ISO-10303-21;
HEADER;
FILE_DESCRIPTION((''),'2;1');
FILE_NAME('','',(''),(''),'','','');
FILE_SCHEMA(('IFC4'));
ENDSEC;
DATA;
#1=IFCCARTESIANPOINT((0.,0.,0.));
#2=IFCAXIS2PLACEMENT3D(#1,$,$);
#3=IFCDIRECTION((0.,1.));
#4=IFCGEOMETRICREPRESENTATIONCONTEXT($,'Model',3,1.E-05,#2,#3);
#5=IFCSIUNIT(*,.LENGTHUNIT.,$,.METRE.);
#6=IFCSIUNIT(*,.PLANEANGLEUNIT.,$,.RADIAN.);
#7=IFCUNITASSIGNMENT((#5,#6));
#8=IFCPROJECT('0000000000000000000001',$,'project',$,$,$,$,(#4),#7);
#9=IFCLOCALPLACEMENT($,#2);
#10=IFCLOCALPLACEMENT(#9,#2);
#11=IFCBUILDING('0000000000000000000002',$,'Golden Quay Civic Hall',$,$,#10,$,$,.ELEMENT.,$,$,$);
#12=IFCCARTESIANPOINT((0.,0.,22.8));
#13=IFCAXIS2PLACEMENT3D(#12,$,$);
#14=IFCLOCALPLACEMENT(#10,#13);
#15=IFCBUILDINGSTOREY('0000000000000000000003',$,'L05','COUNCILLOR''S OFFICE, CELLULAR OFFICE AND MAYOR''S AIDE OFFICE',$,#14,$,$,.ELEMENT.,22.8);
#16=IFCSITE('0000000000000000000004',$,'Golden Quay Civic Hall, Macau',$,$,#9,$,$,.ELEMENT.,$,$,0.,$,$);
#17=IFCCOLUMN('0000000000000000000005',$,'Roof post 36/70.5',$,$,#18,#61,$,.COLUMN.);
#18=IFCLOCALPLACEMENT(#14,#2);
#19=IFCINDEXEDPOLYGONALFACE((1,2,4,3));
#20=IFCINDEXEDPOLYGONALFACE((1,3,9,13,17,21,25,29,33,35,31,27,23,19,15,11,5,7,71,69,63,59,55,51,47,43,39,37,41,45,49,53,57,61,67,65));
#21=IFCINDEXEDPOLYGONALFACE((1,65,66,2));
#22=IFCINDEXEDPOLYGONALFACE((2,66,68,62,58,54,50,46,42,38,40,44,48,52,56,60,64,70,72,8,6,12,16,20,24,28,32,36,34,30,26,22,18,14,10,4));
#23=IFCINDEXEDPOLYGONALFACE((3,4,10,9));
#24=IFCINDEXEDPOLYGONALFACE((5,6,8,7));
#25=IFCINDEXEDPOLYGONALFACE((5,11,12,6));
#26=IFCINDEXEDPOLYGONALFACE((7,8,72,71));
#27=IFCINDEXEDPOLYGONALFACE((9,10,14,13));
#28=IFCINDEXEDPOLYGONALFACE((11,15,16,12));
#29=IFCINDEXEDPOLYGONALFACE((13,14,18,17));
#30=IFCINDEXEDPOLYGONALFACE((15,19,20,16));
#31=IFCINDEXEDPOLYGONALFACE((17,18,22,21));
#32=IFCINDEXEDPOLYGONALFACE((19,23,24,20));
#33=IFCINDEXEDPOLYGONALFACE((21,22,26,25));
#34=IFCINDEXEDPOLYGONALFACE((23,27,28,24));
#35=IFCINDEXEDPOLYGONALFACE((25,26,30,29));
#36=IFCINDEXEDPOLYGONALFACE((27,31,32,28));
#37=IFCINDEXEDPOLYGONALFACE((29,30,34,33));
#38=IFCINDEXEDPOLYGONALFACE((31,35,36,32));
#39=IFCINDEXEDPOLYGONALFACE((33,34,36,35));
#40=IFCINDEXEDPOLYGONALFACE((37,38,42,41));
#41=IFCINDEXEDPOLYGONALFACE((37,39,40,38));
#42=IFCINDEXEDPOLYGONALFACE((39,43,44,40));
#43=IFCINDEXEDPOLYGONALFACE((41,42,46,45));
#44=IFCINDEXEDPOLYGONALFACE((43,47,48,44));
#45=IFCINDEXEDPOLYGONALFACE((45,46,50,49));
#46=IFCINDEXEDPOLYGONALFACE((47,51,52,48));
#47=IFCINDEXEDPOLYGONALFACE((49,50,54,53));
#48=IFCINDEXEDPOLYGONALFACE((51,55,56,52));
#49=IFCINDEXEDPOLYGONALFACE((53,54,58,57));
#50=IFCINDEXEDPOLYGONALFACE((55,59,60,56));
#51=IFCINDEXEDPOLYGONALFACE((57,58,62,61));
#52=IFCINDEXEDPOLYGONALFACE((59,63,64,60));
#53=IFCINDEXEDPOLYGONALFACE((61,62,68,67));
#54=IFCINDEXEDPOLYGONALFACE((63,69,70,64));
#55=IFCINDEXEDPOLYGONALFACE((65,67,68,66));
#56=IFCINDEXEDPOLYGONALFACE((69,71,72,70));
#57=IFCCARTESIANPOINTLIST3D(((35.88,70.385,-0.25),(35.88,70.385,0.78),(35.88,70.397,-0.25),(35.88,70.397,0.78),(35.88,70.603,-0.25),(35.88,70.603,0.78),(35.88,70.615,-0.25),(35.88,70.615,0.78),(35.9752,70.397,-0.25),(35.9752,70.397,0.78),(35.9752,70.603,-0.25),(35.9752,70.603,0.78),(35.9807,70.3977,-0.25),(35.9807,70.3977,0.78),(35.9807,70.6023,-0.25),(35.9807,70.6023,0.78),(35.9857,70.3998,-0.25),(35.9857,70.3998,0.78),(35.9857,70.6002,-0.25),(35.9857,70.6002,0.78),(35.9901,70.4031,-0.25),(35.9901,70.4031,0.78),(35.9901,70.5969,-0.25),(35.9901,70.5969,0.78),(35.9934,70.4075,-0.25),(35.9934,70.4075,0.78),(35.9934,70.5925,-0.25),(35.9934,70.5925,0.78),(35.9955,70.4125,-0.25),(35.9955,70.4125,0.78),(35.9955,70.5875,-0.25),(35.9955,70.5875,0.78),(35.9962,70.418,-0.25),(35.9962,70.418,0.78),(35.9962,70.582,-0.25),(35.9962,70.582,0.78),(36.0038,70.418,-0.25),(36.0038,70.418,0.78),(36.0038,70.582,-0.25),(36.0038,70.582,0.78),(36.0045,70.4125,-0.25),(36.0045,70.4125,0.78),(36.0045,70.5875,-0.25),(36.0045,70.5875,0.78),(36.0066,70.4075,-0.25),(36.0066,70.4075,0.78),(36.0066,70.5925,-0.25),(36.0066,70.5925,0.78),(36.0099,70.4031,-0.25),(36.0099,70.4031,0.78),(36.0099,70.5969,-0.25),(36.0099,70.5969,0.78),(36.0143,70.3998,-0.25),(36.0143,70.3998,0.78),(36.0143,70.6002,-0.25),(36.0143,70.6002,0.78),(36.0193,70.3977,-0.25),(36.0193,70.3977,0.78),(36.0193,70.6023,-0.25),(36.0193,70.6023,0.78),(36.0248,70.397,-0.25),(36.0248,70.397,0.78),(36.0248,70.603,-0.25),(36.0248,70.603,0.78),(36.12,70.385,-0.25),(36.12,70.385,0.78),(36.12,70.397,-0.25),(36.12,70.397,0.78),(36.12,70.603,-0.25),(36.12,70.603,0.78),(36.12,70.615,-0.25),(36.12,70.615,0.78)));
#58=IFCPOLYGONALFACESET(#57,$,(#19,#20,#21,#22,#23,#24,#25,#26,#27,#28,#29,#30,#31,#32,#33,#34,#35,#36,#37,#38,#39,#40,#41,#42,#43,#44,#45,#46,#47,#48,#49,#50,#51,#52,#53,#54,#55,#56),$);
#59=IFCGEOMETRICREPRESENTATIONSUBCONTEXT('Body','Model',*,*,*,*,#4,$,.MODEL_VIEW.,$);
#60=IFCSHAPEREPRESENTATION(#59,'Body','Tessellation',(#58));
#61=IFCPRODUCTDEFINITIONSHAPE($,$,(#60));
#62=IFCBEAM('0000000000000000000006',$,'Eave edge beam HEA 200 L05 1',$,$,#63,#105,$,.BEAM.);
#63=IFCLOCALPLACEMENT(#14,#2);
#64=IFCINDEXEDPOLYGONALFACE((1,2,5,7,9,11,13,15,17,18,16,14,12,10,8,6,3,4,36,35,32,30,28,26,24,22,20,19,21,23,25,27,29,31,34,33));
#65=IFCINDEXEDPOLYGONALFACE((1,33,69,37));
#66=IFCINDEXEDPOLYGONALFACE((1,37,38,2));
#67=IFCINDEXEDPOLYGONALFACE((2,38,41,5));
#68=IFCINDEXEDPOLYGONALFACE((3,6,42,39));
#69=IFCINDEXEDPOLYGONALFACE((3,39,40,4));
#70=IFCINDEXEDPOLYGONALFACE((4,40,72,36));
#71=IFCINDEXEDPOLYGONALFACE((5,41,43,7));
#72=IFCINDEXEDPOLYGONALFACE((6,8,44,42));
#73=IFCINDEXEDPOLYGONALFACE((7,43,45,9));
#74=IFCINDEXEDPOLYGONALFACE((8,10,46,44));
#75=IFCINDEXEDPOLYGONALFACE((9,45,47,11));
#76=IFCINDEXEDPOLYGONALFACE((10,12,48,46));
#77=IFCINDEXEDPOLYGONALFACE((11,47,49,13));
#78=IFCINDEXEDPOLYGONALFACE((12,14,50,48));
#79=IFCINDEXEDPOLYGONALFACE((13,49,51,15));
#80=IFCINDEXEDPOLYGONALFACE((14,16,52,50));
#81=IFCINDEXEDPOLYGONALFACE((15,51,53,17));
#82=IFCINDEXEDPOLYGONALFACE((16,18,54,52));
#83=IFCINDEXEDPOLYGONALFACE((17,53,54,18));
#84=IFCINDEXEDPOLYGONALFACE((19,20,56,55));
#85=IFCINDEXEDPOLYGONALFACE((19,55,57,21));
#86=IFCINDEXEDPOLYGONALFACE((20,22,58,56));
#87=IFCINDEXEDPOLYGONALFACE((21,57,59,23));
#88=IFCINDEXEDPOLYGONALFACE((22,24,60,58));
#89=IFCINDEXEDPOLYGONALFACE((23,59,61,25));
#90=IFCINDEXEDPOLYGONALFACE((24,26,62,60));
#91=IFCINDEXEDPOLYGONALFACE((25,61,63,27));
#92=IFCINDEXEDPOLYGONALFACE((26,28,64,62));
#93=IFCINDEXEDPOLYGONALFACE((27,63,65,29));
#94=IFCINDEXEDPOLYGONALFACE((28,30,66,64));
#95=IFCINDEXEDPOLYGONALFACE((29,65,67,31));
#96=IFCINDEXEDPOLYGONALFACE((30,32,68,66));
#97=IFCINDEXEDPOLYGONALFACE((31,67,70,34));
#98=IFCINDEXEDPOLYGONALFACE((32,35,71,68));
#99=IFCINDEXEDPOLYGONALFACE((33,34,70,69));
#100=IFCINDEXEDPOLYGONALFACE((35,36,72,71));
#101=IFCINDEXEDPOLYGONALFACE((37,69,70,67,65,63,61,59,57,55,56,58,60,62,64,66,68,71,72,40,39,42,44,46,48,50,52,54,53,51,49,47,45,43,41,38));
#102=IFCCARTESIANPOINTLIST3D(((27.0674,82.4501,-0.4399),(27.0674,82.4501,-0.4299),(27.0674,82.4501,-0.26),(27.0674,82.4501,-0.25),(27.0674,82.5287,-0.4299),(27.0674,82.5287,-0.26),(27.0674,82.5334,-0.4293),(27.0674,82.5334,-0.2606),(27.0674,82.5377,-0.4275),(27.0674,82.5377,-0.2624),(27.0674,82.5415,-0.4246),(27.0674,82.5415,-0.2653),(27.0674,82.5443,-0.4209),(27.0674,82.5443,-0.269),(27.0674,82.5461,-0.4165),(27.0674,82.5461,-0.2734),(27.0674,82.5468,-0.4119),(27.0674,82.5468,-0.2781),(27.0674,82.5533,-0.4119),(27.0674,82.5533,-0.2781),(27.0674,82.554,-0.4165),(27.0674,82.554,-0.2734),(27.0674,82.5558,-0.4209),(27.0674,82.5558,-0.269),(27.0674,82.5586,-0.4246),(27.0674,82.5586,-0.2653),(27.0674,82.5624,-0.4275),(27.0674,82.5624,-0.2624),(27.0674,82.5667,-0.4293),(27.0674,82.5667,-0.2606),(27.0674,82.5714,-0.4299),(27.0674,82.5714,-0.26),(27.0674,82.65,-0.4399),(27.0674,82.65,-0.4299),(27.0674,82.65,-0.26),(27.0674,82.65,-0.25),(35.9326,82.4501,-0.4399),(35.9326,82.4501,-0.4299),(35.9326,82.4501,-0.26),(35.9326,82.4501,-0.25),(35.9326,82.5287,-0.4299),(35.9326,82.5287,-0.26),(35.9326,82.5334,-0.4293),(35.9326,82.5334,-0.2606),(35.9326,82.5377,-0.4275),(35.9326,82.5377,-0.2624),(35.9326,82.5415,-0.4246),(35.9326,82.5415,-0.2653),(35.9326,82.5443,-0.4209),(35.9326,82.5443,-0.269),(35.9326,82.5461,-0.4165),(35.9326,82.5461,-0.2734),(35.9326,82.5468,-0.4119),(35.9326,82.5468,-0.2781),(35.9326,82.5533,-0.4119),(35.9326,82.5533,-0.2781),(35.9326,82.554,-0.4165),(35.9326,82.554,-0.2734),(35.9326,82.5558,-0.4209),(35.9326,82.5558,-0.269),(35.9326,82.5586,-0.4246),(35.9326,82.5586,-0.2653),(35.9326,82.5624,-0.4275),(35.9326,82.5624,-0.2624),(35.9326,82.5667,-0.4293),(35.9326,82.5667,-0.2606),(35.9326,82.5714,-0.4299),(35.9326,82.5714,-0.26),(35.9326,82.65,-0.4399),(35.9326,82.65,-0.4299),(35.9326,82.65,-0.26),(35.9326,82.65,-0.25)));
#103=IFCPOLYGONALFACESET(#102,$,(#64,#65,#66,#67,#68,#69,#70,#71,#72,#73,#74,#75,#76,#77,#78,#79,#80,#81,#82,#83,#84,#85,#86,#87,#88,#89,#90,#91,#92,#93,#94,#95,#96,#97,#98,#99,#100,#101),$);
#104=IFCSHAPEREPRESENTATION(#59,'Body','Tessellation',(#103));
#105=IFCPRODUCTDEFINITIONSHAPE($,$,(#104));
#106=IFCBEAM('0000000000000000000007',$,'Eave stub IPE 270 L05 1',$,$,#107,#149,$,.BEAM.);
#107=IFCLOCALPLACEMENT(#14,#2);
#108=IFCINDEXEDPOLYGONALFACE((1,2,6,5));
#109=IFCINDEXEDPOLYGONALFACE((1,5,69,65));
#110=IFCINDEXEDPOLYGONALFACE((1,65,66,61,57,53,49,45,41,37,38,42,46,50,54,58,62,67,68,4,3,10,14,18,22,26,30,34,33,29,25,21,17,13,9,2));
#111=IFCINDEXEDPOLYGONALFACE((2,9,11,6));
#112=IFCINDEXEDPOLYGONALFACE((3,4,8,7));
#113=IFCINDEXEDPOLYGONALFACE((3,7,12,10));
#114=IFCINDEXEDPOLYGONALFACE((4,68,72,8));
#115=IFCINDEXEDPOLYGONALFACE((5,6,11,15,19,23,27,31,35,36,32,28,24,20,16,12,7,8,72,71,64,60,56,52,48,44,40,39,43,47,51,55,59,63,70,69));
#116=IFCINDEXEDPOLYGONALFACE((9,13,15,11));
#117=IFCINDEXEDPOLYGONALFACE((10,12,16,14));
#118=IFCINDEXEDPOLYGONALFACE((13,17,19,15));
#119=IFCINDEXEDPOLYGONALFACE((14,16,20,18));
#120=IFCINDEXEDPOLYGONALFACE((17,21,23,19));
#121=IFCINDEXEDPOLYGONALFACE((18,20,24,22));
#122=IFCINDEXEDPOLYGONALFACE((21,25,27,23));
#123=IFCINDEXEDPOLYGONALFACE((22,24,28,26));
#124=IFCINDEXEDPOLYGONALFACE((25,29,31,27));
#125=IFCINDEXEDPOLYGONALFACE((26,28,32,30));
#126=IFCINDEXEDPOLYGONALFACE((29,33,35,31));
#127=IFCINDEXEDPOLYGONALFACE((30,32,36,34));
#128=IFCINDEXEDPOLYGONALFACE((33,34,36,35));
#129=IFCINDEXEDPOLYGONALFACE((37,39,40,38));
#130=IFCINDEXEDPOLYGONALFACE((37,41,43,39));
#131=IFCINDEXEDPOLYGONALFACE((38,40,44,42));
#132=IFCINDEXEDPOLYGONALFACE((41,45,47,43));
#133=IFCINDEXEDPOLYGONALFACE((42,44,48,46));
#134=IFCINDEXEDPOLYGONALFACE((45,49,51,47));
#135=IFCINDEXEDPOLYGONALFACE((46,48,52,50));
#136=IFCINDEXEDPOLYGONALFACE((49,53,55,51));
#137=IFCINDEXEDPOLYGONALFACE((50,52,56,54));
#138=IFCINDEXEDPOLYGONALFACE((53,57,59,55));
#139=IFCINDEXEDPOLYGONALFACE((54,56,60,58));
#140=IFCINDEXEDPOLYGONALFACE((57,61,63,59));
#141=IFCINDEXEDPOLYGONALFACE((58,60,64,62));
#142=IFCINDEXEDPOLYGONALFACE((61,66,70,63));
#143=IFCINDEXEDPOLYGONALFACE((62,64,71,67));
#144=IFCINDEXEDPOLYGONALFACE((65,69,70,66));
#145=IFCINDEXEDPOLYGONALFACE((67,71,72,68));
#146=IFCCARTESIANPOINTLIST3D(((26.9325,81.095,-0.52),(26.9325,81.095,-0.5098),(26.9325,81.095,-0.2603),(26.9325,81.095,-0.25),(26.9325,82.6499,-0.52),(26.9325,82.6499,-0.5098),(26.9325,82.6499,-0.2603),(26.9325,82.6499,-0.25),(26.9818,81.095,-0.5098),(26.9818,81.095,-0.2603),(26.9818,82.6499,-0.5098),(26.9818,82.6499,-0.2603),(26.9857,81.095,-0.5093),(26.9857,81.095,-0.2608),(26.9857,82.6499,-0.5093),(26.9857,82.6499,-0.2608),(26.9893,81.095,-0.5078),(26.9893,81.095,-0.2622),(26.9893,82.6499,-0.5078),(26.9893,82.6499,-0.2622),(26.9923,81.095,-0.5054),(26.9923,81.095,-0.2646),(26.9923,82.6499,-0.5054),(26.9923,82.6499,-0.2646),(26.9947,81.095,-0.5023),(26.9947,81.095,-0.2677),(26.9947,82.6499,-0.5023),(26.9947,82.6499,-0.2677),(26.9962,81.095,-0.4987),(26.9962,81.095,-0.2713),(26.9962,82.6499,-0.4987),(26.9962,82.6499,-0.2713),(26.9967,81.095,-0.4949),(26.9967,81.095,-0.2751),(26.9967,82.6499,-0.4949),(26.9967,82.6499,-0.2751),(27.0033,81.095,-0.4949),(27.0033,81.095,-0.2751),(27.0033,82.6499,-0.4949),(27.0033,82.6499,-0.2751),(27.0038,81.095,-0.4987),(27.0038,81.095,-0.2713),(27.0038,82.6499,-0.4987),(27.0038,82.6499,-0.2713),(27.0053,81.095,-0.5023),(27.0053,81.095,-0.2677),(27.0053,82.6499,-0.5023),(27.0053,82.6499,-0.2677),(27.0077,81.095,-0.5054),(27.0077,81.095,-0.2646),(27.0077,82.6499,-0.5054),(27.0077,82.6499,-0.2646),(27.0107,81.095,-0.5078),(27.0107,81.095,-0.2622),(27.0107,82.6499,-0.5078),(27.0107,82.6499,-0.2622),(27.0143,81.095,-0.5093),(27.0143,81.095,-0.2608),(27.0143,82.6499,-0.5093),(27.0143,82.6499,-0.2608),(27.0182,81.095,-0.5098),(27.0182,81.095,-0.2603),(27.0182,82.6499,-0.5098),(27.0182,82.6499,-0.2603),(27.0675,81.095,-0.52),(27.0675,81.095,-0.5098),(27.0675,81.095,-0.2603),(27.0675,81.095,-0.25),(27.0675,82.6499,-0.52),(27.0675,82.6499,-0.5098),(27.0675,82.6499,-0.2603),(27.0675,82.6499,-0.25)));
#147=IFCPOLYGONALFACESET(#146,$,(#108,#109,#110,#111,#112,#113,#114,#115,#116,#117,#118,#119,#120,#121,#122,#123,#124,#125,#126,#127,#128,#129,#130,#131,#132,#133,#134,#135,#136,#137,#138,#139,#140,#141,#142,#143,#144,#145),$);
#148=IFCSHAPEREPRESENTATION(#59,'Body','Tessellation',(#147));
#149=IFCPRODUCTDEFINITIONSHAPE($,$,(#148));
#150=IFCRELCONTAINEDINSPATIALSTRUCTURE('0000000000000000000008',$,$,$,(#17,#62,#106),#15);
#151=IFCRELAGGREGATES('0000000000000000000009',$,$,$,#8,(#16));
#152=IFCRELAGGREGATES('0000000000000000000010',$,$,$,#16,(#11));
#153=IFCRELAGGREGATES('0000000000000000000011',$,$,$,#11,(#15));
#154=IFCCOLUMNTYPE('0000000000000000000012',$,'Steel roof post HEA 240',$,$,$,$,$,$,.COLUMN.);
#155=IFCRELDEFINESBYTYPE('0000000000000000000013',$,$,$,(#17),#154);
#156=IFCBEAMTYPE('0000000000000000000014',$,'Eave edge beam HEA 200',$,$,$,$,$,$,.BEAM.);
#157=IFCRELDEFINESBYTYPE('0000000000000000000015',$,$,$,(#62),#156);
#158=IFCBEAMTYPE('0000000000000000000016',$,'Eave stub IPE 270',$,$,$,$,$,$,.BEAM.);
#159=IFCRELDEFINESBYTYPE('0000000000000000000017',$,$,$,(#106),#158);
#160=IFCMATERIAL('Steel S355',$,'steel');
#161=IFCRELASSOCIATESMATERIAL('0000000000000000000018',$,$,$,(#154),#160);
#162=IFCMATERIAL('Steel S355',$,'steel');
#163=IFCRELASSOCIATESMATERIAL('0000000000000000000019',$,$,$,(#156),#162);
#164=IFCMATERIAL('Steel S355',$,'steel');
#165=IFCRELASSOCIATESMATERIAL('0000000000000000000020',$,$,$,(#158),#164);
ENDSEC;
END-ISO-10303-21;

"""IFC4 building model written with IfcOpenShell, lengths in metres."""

from ifc_helpers import new_model, si_unit, direction, frame, origin, origin_2d, place, context, subcontext, project, spatial, i_section, extrude, material, material_profile, profile_set, type_object, element, save


model = new_model("IFC4")

# Units and contexts
model_context = context("Model", 3, precision=1e-05, world=origin(), true_north=direction((0.0, 1.0)))
body_context = subcontext(model_context, "Body", "Model", "MODEL_VIEW")
ifc_project = project(units=[si_unit("LENGTHUNIT", "METRE"), si_unit("PLANEANGLEUNIT", "RADIAN")], contexts=[model_context])

# Site, building, storey
site_placement = place(None, origin())
site = spatial("IfcSite", under=ifc_project, at=site_placement, Name="Golden Quay Civic Hall, Macau", CompositionType="ELEMENT", RefElevation=0.0)
building_placement = place(site_placement, origin())
building = spatial("IfcBuilding", under=site, at=building_placement, Name="Golden Quay Civic Hall", CompositionType="ELEMENT")
storey_placement = place(building_placement, frame((0.0, 0.0, 22.8)))
storey = spatial("IfcBuildingStorey", under=building, at=storey_placement, Name="L05", Description="COUNCILLOR'S OFFICE, CELLULAR OFFICE AND MAYOR'S AIDE OFFICE", CompositionType="ELEMENT", Elevation=22.8)

# Column
ifc_material_1 = material(Name="Steel S355", Category="steel")
ifc_material_profile_1 = material_profile(ifc_material_1, i_section(OverallWidth=0.24, OverallDepth=0.23, WebThickness=0.0076, FlangeThickness=0.012, FilletRadius=0.021, at=origin_2d()), Name="HEA 240")
ifc_profile_set_1 = profile_set([ifc_material_profile_1], Name="Steel S355")
column_type = type_object("IfcColumnType", Name="Steel roof post HEA 240", PredefinedType="COLUMN", material=ifc_profile_set_1)
column_placement = place(storey_placement, frame((36.0, 70.5, -0.25), z_axis=(0.0, 0.0, 1.0), x_axis=(1.0, 0.0, 0.0)))
element("IfcColumn", 1, at=column_placement, inside=storey, type_object=column_type, Name="Roof post 36/70.5", PredefinedType="COLUMN", context=body_context, shape_type="SweptSolid", body=[
    extrude(i_section(OverallWidth=0.24, OverallDepth=0.23, WebThickness=0.0076, FlangeThickness=0.012, FilletRadius=0.021, at=origin_2d()), origin(), (0.0, 0.0, 1.0), 1.03),
])

# Beams
ifc_material_2 = material(Name="Steel S355", Category="steel")
ifc_material_profile_2 = material_profile(ifc_material_2, i_section(OverallWidth=0.2, OverallDepth=0.1899, WebThickness=0.0066, FlangeThickness=0.01, FilletRadius=0.0181, at=origin_2d()), Name="HEA 200")
ifc_profile_set_2 = profile_set([ifc_material_profile_2], Name="Steel S355")
beam_type_1 = type_object("IfcBeamType", Name="Eave edge beam HEA 200", PredefinedType="BEAM", material=ifc_profile_set_2)
beam_1_placement = place(storey_placement, frame((27.0674, 82.55, -0.345), z_axis=(1.0, 0.0, 0.0), x_axis=(0.0, 1.0, 0.0)))
element("IfcBeam", 2, at=beam_1_placement, inside=storey, type_object=beam_type_1, Name="Eave edge beam HEA 200 L05 1", PredefinedType="BEAM", context=body_context, shape_type="SweptSolid", body=[
    extrude(i_section(OverallWidth=0.2, OverallDepth=0.1899, WebThickness=0.0066, FlangeThickness=0.01, FilletRadius=0.0181, at=origin_2d()), origin(), (0.0, 0.0, 1.0), 8.8652),
])
ifc_material_3 = material(Name="Steel S355", Category="steel")
ifc_material_profile_3 = material_profile(ifc_material_3, i_section(OverallWidth=0.135, OverallDepth=0.27, WebThickness=0.0066, FlangeThickness=0.0103, FilletRadius=0.0149, at=origin_2d()), Name="IPE 270")
ifc_profile_set_3 = profile_set([ifc_material_profile_3], Name="Steel S355")
beam_type_2 = type_object("IfcBeamType", Name="Eave stub IPE 270", PredefinedType="BEAM", material=ifc_profile_set_3)
beam_2_placement = place(storey_placement, frame((27.0, 81.095, -0.385), z_axis=(0.0, 1.0, 0.0), x_axis=(-1.0, 0.0, 0.0)))
element("IfcBeam", 3, at=beam_2_placement, inside=storey, type_object=beam_type_2, Name="Eave stub IPE 270 L05 1", PredefinedType="BEAM", context=body_context, shape_type="SweptSolid", body=[
    extrude(i_section(OverallWidth=0.135, OverallDepth=0.27, WebThickness=0.0066, FlangeThickness=0.0103, FilletRadius=0.0149, at=origin_2d()), origin(), (0.0, 0.0, 1.0), 1.5549),
])

save(model, "model.ifc")
